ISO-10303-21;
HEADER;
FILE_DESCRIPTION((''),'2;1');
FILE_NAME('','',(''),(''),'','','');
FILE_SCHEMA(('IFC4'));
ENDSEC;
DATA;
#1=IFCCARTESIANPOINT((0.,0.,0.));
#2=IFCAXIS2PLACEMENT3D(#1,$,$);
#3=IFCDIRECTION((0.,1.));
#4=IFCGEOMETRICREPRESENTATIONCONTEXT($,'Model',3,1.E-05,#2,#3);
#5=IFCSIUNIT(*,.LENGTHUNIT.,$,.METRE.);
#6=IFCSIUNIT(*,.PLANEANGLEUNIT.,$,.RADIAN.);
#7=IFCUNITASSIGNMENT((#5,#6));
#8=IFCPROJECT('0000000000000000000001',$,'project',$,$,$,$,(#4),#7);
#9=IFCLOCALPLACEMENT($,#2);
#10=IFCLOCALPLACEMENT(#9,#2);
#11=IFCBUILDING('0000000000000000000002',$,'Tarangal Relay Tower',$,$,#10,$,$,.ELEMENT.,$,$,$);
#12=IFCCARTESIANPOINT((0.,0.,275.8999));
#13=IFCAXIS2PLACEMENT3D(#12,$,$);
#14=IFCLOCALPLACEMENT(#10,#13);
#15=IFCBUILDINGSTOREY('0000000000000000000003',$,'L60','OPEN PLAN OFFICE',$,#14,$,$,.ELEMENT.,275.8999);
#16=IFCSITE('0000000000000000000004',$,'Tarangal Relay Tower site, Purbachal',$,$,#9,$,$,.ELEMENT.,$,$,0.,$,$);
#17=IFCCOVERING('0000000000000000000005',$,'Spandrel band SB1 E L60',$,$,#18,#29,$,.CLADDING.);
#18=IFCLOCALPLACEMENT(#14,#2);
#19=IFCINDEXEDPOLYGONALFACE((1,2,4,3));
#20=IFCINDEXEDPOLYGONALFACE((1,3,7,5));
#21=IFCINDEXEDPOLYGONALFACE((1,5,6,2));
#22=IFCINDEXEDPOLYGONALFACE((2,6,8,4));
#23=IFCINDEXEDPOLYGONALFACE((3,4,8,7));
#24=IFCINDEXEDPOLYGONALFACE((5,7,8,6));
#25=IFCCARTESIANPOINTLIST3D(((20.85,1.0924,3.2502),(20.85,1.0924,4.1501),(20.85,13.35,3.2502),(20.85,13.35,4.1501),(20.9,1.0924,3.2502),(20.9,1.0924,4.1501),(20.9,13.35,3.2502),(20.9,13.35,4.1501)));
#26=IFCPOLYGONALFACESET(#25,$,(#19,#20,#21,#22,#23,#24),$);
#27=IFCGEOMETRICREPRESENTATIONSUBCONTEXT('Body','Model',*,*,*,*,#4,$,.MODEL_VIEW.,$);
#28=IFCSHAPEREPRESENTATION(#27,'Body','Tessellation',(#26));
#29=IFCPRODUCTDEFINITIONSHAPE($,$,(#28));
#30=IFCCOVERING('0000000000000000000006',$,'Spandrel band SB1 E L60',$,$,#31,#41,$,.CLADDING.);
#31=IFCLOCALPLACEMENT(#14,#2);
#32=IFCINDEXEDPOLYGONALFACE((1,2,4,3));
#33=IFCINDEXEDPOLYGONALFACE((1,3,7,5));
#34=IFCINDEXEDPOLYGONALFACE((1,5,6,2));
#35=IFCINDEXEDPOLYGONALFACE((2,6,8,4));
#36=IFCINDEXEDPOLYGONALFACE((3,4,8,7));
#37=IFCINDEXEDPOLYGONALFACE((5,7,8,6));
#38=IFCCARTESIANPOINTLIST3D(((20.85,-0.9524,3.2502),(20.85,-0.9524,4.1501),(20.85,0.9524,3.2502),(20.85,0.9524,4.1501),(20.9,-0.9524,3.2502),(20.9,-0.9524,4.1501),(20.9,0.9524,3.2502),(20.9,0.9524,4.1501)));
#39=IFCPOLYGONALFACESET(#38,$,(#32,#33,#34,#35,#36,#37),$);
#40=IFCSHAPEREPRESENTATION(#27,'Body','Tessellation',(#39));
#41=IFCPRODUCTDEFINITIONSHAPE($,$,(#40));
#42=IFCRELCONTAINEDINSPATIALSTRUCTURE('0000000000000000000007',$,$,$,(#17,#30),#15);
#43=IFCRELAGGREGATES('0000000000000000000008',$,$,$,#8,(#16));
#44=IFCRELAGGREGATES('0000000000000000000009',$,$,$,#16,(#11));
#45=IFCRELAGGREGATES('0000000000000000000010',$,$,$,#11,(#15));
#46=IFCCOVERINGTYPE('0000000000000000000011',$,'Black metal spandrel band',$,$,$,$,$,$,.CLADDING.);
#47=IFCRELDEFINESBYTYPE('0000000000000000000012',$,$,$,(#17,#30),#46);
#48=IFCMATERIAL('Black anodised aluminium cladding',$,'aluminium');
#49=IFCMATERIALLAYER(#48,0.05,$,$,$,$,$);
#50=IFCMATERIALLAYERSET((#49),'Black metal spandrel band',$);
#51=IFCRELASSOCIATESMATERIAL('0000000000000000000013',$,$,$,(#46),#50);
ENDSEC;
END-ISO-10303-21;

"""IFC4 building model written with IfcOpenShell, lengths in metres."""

from ifc_helpers import new_model, si_unit, direction, frame, origin, origin_2d, place, context, subcontext, project, spatial, rectangle, extrude, material, layer, layer_set, type_object, element, save


model = new_model("IFC4")

# Units and contexts
model_context = context("Model", 3, precision=1e-05, world=origin(), true_north=direction((0.0, 1.0)))
body_context = subcontext(model_context, "Body", "Model", "MODEL_VIEW")
ifc_project = project(units=[si_unit("LENGTHUNIT", "METRE"), si_unit("PLANEANGLEUNIT", "RADIAN")], contexts=[model_context])

# Site, building, storey
site_placement = place(None, origin())
site = spatial("IfcSite", under=ifc_project, at=site_placement, Name="Tarangal Relay Tower site, Purbachal", CompositionType="ELEMENT", RefElevation=0.0)
building_placement = place(site_placement, origin())
building = spatial("IfcBuilding", under=site, at=building_placement, Name="Tarangal Relay Tower", CompositionType="ELEMENT")
storey_placement = place(building_placement, frame((0.0, 0.0, 275.8999)))
storey = spatial("IfcBuildingStorey", under=building, at=storey_placement, Name="L60", Description="OPEN PLAN OFFICE", CompositionType="ELEMENT", Elevation=275.8999)

# Coverings
ifc_material_1 = material(Name="Black anodised aluminium cladding", Category="aluminium")
ifc_layer_1 = layer(ifc_material_1, 0.05)
ifc_layer_set_1 = layer_set([ifc_layer_1], Name="Black metal spandrel band")
covering_type = type_object("IfcCoveringType", Name="Black metal spandrel band", PredefinedType="CLADDING", material=ifc_layer_set_1)
covering_1_placement = place(storey_placement, frame((20.875, 7.2212, 3.2502), z_axis=(0.0, 0.0, 1.0), x_axis=(0.0, -1.0, 0.0)))
element("IfcCovering", 1, at=covering_1_placement, inside=storey, type_object=covering_type, Name="Spandrel band SB1 E L60", PredefinedType="CLADDING", context=body_context, shape_type="SweptSolid", body=[
    extrude(rectangle(XDim=12.2576, YDim=0.05, at=origin_2d()), origin(), (0.0, 0.0, 1.0), 0.8999),
])
covering_2_placement = place(storey_placement, frame((20.875, 0.0, 3.2502), z_axis=(0.0, 0.0, 1.0), x_axis=(0.0, -1.0, 0.0)))
element("IfcCovering", 2, at=covering_2_placement, inside=storey, type_object=covering_type, Name="Spandrel band SB1 E L60", PredefinedType="CLADDING", context=body_context, shape_type="SweptSolid", body=[
    extrude(rectangle(XDim=1.9048, YDim=0.05, at=origin_2d()), origin(), (0.0, 0.0, 1.0), 0.8999),
])

save(model, "model.ifc")
